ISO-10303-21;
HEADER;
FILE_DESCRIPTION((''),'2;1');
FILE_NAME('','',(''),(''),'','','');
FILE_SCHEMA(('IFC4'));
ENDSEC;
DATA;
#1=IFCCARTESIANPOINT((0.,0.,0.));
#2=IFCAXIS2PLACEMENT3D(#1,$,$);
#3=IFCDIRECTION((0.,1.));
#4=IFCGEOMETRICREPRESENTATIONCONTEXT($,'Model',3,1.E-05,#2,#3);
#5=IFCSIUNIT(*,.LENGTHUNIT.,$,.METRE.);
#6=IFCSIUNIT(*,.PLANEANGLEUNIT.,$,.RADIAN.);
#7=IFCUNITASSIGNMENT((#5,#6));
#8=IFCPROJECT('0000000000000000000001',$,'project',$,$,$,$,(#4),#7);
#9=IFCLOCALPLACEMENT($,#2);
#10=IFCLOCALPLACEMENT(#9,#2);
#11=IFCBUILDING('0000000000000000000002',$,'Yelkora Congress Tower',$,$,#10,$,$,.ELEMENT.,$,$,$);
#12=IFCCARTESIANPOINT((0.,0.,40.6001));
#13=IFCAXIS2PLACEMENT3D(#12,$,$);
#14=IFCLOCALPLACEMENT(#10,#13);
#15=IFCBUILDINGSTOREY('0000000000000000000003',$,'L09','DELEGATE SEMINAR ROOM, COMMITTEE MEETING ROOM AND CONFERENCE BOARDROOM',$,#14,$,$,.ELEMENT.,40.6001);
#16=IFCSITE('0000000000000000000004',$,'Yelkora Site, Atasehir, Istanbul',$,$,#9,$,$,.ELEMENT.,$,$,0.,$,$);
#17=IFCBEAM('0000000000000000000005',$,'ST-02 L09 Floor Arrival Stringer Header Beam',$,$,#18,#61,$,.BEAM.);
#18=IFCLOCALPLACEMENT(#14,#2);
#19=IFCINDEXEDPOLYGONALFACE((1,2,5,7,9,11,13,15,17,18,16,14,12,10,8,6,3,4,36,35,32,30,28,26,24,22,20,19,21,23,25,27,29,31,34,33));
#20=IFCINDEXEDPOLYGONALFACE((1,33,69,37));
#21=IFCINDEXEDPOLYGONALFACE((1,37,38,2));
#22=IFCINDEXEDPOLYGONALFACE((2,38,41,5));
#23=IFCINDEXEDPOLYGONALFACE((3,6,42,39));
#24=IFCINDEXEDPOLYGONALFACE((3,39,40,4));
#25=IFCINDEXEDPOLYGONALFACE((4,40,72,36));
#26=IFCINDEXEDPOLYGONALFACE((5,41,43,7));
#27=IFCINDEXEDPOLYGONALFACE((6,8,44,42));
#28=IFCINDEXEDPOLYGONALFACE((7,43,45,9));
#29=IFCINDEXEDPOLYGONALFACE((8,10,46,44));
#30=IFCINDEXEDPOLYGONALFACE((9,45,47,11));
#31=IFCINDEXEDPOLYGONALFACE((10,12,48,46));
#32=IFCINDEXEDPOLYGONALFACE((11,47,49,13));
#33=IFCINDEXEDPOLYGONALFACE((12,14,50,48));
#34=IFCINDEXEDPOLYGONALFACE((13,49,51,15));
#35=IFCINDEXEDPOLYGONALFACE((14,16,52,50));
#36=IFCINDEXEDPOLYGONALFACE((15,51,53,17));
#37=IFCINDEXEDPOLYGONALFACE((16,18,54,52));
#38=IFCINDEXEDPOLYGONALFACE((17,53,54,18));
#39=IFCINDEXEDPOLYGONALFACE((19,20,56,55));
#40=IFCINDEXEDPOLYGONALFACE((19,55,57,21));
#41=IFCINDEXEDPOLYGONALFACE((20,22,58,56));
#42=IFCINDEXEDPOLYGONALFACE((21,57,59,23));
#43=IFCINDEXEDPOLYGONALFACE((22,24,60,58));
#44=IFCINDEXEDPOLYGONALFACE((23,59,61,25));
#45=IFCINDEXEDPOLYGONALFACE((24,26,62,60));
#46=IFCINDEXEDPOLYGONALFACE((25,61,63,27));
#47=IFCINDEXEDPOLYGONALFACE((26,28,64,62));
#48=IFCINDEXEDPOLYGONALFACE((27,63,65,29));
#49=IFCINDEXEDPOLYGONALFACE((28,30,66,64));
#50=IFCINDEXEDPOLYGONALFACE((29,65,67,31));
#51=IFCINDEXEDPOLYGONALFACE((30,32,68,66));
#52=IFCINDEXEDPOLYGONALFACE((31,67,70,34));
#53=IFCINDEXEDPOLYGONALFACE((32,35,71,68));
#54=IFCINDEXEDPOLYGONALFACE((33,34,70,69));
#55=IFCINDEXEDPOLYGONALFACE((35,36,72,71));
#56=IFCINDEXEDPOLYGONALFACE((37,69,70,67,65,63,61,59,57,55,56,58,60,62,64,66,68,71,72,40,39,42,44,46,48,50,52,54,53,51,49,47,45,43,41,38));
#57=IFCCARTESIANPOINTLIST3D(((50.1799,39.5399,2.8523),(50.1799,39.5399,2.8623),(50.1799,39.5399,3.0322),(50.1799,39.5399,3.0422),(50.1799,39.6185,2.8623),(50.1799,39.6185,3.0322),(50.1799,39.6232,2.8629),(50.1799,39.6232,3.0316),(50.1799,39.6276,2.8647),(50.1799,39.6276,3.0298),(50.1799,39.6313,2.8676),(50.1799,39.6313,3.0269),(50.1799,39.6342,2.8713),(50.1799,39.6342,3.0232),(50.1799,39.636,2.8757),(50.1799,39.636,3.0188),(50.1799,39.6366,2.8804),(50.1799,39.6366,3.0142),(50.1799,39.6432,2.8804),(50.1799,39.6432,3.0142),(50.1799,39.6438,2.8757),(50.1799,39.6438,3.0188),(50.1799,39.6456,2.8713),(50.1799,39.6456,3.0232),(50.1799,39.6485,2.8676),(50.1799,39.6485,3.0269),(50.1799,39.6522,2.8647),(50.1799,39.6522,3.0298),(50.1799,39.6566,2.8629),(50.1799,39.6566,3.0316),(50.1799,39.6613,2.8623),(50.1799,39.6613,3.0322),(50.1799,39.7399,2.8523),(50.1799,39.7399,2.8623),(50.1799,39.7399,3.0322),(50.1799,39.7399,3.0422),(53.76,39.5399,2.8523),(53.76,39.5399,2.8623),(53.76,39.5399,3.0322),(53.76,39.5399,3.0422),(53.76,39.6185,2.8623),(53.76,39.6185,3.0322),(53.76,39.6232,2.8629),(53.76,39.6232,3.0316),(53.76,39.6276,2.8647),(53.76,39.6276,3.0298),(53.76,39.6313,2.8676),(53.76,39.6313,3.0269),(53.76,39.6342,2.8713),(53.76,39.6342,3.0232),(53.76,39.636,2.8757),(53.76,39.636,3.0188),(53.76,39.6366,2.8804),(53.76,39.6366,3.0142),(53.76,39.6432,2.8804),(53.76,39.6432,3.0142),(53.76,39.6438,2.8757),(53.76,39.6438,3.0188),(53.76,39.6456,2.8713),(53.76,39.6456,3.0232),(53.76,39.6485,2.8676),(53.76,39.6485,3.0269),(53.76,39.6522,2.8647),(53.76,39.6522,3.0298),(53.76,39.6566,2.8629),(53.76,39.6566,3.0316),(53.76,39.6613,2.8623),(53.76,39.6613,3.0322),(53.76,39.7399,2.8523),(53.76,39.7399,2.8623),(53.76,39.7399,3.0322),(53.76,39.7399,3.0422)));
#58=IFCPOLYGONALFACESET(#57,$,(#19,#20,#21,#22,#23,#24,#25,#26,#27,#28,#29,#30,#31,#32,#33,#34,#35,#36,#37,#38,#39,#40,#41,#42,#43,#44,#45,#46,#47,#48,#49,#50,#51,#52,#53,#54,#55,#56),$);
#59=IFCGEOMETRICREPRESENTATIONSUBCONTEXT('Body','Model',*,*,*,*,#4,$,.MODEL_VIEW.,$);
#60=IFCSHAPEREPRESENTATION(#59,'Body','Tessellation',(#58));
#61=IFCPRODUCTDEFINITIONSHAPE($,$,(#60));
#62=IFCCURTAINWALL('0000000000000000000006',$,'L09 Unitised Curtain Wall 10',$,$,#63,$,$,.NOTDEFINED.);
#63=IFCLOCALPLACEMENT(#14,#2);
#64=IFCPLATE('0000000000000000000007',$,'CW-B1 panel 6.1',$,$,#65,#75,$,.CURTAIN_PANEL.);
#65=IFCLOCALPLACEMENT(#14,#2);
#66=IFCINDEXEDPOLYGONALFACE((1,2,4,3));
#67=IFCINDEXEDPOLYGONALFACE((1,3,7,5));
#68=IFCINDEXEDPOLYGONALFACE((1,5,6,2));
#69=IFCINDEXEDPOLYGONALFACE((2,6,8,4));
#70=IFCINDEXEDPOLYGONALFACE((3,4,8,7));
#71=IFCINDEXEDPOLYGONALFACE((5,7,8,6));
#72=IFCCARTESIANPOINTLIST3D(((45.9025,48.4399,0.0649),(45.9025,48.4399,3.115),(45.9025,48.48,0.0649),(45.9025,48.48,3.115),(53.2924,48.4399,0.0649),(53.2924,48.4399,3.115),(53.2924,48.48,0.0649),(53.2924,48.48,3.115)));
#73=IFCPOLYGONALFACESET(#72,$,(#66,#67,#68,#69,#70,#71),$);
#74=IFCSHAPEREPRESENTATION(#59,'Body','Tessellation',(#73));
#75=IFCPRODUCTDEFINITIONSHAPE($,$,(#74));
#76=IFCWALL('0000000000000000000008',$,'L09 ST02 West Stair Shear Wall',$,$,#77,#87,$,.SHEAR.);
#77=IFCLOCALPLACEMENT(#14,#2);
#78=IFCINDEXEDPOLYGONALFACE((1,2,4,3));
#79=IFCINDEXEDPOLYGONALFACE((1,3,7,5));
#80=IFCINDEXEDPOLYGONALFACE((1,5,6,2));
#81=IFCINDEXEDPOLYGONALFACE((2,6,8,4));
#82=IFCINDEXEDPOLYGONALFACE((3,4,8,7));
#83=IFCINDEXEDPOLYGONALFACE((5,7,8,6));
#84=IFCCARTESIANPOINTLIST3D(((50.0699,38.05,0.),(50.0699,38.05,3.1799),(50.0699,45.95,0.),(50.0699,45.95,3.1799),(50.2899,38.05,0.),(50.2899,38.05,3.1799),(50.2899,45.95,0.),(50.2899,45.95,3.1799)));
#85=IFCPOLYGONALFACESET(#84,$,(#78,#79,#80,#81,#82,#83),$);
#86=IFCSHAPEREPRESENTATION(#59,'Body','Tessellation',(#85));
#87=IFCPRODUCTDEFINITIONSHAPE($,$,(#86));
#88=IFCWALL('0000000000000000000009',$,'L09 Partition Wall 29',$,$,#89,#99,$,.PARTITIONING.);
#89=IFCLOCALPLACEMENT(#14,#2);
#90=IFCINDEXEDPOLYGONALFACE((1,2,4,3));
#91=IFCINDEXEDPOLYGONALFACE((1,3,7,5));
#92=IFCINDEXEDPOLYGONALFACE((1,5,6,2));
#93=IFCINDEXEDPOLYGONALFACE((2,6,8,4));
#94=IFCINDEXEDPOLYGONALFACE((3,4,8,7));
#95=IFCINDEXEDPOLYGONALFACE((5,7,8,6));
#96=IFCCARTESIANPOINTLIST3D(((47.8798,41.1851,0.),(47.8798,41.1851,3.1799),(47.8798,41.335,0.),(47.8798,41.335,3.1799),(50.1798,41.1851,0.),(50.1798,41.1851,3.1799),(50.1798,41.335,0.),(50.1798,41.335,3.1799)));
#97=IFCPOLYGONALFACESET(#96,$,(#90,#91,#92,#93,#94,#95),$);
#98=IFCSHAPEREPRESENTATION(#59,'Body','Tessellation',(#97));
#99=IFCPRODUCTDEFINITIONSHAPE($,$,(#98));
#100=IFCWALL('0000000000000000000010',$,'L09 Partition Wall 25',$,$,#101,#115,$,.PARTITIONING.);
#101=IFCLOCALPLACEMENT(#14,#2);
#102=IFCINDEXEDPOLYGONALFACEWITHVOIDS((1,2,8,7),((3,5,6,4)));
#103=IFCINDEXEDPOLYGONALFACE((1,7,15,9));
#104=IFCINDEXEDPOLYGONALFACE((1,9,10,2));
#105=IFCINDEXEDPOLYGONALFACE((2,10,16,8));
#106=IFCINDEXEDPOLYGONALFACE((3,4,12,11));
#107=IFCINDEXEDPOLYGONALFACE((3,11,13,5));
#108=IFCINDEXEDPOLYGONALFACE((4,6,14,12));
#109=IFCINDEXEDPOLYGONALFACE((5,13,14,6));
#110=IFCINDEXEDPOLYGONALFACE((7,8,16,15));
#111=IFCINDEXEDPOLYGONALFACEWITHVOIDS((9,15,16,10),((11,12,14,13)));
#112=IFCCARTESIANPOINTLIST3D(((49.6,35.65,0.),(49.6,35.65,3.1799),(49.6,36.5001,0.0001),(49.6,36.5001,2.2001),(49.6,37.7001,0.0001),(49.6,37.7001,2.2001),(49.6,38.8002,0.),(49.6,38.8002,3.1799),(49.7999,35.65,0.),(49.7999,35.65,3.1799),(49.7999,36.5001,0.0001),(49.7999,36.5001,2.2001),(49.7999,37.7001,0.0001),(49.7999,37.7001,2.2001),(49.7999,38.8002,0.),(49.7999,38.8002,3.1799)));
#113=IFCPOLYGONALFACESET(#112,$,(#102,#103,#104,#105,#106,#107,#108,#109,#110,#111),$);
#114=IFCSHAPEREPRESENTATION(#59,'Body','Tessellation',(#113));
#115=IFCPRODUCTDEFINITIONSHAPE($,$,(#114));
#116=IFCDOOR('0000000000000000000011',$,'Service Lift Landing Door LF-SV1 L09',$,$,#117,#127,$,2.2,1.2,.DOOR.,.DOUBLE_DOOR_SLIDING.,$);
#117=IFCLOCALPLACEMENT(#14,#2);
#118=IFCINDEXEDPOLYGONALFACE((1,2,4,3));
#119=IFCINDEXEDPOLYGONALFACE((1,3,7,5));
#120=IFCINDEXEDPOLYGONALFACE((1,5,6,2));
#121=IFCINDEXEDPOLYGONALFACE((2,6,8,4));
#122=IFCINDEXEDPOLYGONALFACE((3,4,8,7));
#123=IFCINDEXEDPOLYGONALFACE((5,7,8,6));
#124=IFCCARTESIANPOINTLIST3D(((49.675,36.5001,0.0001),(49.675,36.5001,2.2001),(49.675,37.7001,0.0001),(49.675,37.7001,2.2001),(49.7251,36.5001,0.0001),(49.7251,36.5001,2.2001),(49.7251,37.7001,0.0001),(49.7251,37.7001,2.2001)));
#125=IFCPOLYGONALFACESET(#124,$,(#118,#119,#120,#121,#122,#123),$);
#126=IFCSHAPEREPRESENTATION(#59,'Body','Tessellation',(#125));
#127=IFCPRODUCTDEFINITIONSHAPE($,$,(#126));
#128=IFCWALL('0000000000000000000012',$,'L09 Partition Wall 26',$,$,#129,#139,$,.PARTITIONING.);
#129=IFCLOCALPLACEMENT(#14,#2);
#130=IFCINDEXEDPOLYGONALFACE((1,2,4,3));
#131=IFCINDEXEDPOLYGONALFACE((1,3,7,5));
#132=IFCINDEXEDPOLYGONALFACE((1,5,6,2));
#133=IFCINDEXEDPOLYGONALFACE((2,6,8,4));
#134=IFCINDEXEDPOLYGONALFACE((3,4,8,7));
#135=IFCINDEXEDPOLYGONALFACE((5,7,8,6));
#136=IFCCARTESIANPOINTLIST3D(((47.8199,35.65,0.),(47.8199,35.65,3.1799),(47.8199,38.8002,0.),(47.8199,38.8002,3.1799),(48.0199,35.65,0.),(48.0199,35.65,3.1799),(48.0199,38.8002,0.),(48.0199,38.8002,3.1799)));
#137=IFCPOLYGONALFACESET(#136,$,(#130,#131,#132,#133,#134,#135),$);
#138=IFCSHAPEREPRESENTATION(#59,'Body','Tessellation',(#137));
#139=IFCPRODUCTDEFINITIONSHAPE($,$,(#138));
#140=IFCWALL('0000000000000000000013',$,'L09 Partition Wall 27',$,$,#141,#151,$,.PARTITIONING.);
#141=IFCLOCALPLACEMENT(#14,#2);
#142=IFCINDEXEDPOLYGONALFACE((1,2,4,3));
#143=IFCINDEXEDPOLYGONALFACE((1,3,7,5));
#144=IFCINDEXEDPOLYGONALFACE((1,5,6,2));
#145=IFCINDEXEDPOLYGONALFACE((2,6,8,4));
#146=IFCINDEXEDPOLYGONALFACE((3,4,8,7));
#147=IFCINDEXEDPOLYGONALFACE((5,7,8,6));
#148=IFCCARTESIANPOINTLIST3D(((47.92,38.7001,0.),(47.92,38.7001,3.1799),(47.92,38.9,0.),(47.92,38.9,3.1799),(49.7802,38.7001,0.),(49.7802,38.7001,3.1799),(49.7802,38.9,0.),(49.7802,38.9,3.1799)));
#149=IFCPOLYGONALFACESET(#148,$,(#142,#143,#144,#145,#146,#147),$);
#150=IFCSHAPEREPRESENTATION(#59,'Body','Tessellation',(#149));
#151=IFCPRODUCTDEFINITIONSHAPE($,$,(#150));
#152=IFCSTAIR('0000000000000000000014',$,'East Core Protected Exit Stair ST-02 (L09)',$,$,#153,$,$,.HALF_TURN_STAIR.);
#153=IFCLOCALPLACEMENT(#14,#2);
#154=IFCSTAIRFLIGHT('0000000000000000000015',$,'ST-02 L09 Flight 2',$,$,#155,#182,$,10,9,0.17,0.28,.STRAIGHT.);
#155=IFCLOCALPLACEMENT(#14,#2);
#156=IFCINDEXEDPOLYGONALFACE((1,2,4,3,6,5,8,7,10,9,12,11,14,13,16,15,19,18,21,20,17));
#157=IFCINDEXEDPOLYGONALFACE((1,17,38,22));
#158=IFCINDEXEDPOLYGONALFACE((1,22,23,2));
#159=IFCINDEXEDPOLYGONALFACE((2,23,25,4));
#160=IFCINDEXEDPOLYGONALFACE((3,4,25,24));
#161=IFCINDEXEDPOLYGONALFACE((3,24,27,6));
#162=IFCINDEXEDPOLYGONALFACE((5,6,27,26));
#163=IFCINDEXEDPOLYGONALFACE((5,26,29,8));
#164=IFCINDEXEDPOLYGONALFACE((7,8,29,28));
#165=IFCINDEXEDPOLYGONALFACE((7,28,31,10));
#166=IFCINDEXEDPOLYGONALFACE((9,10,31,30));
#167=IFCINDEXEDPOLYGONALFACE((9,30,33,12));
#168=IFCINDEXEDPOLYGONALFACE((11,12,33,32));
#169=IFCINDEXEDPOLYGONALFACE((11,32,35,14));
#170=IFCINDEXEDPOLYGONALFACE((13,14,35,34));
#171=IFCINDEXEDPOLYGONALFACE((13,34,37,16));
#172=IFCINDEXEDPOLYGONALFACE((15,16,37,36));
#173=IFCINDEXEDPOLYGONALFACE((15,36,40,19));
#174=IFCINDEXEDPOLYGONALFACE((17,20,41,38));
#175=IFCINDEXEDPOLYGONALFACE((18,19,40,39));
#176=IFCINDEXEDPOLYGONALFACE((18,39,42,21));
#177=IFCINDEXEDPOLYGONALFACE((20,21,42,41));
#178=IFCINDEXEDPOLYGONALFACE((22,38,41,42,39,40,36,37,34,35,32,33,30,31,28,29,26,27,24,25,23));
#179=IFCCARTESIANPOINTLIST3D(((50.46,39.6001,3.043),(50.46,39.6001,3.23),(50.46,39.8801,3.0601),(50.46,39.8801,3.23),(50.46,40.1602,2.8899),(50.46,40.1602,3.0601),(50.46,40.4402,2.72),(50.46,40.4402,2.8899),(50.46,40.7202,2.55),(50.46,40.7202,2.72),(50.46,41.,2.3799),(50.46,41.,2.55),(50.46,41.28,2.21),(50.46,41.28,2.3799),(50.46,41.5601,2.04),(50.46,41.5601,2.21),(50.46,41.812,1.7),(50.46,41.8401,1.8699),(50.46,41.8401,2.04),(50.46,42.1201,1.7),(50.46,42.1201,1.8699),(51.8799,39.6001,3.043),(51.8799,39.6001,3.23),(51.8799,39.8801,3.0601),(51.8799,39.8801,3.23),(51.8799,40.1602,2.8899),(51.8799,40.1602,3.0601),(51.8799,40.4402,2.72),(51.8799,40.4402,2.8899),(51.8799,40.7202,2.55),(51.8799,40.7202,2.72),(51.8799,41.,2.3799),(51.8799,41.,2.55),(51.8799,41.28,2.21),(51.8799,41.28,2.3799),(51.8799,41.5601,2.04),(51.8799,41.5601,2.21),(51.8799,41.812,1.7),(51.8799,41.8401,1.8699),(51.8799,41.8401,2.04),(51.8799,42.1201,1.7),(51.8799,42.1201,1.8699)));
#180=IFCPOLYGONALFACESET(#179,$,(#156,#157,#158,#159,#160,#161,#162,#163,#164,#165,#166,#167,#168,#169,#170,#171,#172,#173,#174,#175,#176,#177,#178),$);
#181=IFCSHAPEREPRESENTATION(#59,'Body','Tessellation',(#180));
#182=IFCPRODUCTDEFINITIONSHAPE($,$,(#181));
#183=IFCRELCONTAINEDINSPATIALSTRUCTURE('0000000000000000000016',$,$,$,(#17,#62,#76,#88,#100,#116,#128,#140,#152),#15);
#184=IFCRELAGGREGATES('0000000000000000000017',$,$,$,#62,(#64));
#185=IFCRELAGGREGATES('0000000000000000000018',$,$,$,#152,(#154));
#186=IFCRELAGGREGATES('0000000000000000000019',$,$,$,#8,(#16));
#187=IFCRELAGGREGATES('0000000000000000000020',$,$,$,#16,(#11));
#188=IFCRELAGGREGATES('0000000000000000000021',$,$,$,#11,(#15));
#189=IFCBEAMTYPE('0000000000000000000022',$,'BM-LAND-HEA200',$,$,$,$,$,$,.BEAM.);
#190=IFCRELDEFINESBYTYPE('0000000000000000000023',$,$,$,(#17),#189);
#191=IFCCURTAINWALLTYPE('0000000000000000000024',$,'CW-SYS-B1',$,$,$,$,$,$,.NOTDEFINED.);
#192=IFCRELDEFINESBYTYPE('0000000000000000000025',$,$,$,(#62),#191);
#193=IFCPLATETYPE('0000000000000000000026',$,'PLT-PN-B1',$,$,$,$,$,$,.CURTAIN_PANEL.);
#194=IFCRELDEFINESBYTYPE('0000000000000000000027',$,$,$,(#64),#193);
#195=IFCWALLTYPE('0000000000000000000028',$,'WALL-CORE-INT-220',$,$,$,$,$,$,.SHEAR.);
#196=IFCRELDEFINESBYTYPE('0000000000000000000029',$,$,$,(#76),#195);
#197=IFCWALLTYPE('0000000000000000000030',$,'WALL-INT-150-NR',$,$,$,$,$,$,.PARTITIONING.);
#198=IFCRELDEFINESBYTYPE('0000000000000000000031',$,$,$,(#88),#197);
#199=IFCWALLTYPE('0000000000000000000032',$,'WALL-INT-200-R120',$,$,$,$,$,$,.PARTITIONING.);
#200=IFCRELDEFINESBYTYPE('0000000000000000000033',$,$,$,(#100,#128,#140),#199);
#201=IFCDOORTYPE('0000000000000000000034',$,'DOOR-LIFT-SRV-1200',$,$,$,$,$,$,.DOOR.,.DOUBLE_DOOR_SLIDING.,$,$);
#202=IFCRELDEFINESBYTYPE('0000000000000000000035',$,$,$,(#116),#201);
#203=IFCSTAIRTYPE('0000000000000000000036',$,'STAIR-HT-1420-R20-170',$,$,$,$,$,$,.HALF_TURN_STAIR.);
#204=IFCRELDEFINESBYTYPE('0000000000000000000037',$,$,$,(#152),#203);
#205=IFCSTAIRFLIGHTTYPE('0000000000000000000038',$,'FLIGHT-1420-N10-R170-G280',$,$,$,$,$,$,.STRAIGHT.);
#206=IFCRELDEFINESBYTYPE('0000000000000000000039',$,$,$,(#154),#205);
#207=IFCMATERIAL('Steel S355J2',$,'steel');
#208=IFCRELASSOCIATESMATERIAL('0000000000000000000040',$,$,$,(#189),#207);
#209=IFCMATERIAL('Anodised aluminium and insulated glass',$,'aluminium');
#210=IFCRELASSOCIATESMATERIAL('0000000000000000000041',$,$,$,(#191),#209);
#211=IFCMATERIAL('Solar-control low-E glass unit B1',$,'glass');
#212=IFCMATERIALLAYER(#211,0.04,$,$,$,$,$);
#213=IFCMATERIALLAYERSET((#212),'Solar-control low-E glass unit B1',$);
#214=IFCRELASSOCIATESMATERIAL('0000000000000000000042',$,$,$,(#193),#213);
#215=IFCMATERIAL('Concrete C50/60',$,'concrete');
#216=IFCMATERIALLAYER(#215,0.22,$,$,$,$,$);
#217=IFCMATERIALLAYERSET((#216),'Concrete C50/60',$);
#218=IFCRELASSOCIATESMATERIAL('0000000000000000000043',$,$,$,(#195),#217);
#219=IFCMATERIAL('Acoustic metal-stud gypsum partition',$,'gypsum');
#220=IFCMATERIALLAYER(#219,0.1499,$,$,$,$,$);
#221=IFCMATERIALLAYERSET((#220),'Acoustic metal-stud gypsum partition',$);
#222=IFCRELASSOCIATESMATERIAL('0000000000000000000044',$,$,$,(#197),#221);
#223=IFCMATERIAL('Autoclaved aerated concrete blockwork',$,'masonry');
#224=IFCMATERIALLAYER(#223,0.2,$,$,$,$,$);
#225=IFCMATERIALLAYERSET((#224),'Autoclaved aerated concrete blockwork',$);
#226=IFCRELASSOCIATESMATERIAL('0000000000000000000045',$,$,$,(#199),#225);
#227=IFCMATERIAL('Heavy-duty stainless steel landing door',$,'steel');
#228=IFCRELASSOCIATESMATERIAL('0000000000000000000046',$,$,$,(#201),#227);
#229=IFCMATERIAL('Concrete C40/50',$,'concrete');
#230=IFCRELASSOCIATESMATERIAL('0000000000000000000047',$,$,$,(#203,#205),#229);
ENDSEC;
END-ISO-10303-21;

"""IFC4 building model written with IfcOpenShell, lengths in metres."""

from ifc_helpers import new_model, si_unit, direction, frame, frame_2d, origin, origin_2d, place, context, subcontext, project, spatial, polyline, rectangle, i_section, outline, extrude, material, layer, layer_set, material_profile, profile_set, type_object, element, fill, aggregate, save


model = new_model("IFC4")

# Units and contexts
model_context = context("Model", 3, precision=1e-05, world=origin(), true_north=direction((0.0, 1.0)))
body_context = subcontext(model_context, "Body", "Model", "MODEL_VIEW")
ifc_project = project(units=[si_unit("LENGTHUNIT", "METRE"), si_unit("PLANEANGLEUNIT", "RADIAN")], contexts=[model_context])

# Site, building, storey
site_placement = place(None, origin())
site = spatial("IfcSite", under=ifc_project, at=site_placement, Name="Yelkora Site, Atasehir, Istanbul", CompositionType="ELEMENT", RefElevation=0.0)
building_placement = place(site_placement, origin())
building = spatial("IfcBuilding", under=site, at=building_placement, Name="Yelkora Congress Tower", CompositionType="ELEMENT")
storey_placement = place(building_placement, frame((0.0, 0.0, 40.6001)))
storey = spatial("IfcBuildingStorey", under=building, at=storey_placement, Name="L09", Description="DELEGATE SEMINAR ROOM, COMMITTEE MEETING ROOM AND CONFERENCE BOARDROOM", CompositionType="ELEMENT", Elevation=40.6001)

# Beam
ifc_material_1 = material(Name="Steel S355J2", Category="steel")
ifc_material_profile_1 = material_profile(ifc_material_1, i_section(OverallWidth=0.2, OverallDepth=0.1899, WebThickness=0.0066, FlangeThickness=0.01, FilletRadius=0.0181, at=origin_2d()), Name="HEA 200")
ifc_profile_set_1 = profile_set([ifc_material_profile_1], Name="Steel S355J2")
beam_type = type_object("IfcBeamType", Name="BM-LAND-HEA200", PredefinedType="BEAM", material=ifc_profile_set_1)
beam_1_placement = place(storey_placement, frame((50.1799, 39.6399, 2.9473), z_axis=(1.0, 0.0, 0.0), x_axis=(0.0, 1.0, 0.0)))
element("IfcBeam", 1, at=beam_1_placement, inside=storey, type_object=beam_type, Name="ST-02 L09 Floor Arrival Stringer Header Beam", PredefinedType="BEAM", context=body_context, shape_type="SweptSolid", body=[
    extrude(i_section(OverallWidth=0.2, OverallDepth=0.1899, WebThickness=0.0066, FlangeThickness=0.01, FilletRadius=0.0181, at=origin_2d()), origin(), (0.0, 0.0, 1.0), 3.5801),
])

# Curtain wall, plate
ifc_material_2 = material(Name="Anodised aluminium and insulated glass", Category="aluminium")
curtain_wall_type = type_object("IfcCurtainWallType", Name="CW-SYS-B1", PredefinedType="NOTDEFINED", material=ifc_material_2)
curtain_wall_placement = place(storey_placement, origin())
curtain_wall = element("IfcCurtainWall", 2, at=curtain_wall_placement, inside=storey, type_object=curtain_wall_type, Name="L09 Unitised Curtain Wall 10", PredefinedType="NOTDEFINED")
ifc_material_3 = material(Name="Solar-control low-E glass unit B1", Category="glass")
ifc_layer_1 = layer(ifc_material_3, 0.04)
ifc_layer_set_1 = layer_set([ifc_layer_1], Name="Solar-control low-E glass unit B1")
plate_type = type_object("IfcPlateType", Name="PLT-PN-B1", PredefinedType="CURTAIN_PANEL", material=ifc_layer_set_1)
plate_placement = place(storey_placement, frame((49.5974, 48.46, 0.0649), z_axis=(0.0, 0.0, 1.0), x_axis=(1.0, 0.0, 0.0)))
plate = element("IfcPlate", 3, at=plate_placement, type_object=plate_type, Name="CW-B1 panel 6.1", PredefinedType="CURTAIN_PANEL", context=body_context, shape_type="SweptSolid", body=[
    extrude(rectangle(XDim=7.3899, YDim=0.04, at=origin_2d()), origin(), (0.0, 0.0, 1.0), 3.05),
])
aggregate(curtain_wall, [plate])

# Walls
ifc_material_4 = material(Name="Concrete C50/60", Category="concrete")
ifc_layer_2 = layer(ifc_material_4, 0.22)
ifc_layer_set_2 = layer_set([ifc_layer_2], Name="Concrete C50/60")
wall_type_1 = type_object("IfcWallType", Name="WALL-CORE-INT-220", PredefinedType="SHEAR", material=ifc_layer_set_2)
wall_1_placement = place(storey_placement, frame((50.1799, 38.05, 0.0), z_axis=(0.0, 0.0, 1.0), x_axis=(0.0, 1.0, 0.0)))
element("IfcWall", 4, at=wall_1_placement, inside=storey, type_object=wall_type_1, Name="L09 ST02 West Stair Shear Wall", PredefinedType="SHEAR", context=body_context, shape_type="SweptSolid", body=[
    extrude(rectangle(XDim=7.8999, YDim=0.22, at=frame_2d((3.95, 0.0))), origin(), (0.0, 0.0, 1.0), 3.1799),
])
ifc_material_5 = material(Name="Acoustic metal-stud gypsum partition", Category="gypsum")
ifc_layer_3 = layer(ifc_material_5, 0.1499)
ifc_layer_set_3 = layer_set([ifc_layer_3], Name="Acoustic metal-stud gypsum partition")
wall_type_2 = type_object("IfcWallType", Name="WALL-INT-150-NR", PredefinedType="PARTITIONING", material=ifc_layer_set_3)
wall_2_placement = place(storey_placement, frame((47.8799, 41.26, 0.0), z_axis=(0.0, 0.0, 1.0), x_axis=(1.0, 0.0, 0.0)))
element("IfcWall", 5, at=wall_2_placement, inside=storey, type_object=wall_type_2, Name="L09 Partition Wall 29", PredefinedType="PARTITIONING", context=body_context, shape_type="SweptSolid", body=[
    extrude(rectangle(XDim=2.3, YDim=0.1499, at=frame_2d((1.1499, 0.0))), origin(), (0.0, 0.0, 1.0), 3.1799),
])

# Wall, opening, door
ifc_material_6 = material(Name="Autoclaved aerated concrete blockwork", Category="masonry")
ifc_layer_4 = layer(ifc_material_6, 0.2)
ifc_layer_set_4 = layer_set([ifc_layer_4], Name="Autoclaved aerated concrete blockwork")
wall_type_3 = type_object("IfcWallType", Name="WALL-INT-200-R120", PredefinedType="PARTITIONING", material=ifc_layer_set_4)
wall_3_placement = place(storey_placement, frame((49.7, 35.6499, 0.0), z_axis=(0.0, 0.0, 1.0), x_axis=(0.0, 1.0, 0.0)))
wall_3 = element("IfcWall", 6, at=wall_3_placement, inside=storey, type_object=wall_type_3, Name="L09 Partition Wall 25", PredefinedType="PARTITIONING", context=body_context, shape_type="SweptSolid", body=[
    extrude(rectangle(XDim=3.1501, YDim=0.2, at=frame_2d((1.5752, 0.0))), origin(), (0.0, 0.0, 1.0), 3.1799),
])
opening_1_placement = place(wall_3_placement, frame((0.8501, 0.0, 0.0)))
opening_1 = element("IfcOpeningElement", 7, at=opening_1_placement, cuts=wall_3, PredefinedType="OPENING", context=body_context, shape_type="SweptSolid", body=[
    extrude(rectangle(XDim=1.2, YDim=2.2, at=frame_2d((0.6001, 1.1001))), frame((0.0, 0.1099, 0.0), z_axis=(0.0, -1.0, 0.0), x_axis=(1.0, 0.0, 0.0)), (0.0, 0.0, 1.0), 0.22),
])
ifc_material_7 = material(Name="Heavy-duty stainless steel landing door", Category="steel")
door_type_1 = type_object("IfcDoorType", Name="DOOR-LIFT-SRV-1200", OperationType="DOUBLE_DOOR_SLIDING", PredefinedType="DOOR", material=ifc_material_7)
door_1_placement = place(opening_1_placement, origin())
door_1 = element("IfcDoor", 8, at=door_1_placement, inside=storey, type_object=door_type_1, Name="Service Lift Landing Door LF-SV1 L09", OperationType="DOUBLE_DOOR_SLIDING", OverallHeight=2.2, OverallWidth=1.2, PredefinedType="DOOR", context=body_context, shape_type="SweptSolid", body=[
    extrude(rectangle(XDim=1.2, YDim=2.2, at=frame_2d((0.6001, 1.1001))), frame((0.0, 0.0249, 0.0), z_axis=(0.0, -1.0, 0.0), x_axis=(1.0, 0.0, 0.0)), (0.0, 0.0, 1.0), 0.05),
])
fill(opening_1, door_1)

# Walls
wall_4_placement = place(storey_placement, frame((47.9199, 35.6499, 0.0), z_axis=(0.0, 0.0, 1.0), x_axis=(0.0, 1.0, 0.0)))
element("IfcWall", 9, at=wall_4_placement, inside=storey, type_object=wall_type_3, Name="L09 Partition Wall 26", PredefinedType="PARTITIONING", context=body_context, shape_type="SweptSolid", body=[
    extrude(rectangle(XDim=3.1501, YDim=0.2, at=frame_2d((1.5752, 0.0))), origin(), (0.0, 0.0, 1.0), 3.1799),
])
wall_5_placement = place(storey_placement, frame((47.9199, 38.8, 0.0), z_axis=(0.0, 0.0, 1.0), x_axis=(1.0, 0.0, 0.0)))
element("IfcWall", 10, at=wall_5_placement, inside=storey, type_object=wall_type_3, Name="L09 Partition Wall 27", PredefinedType="PARTITIONING", context=body_context, shape_type="SweptSolid", body=[
    extrude(rectangle(XDim=1.8601, YDim=0.2, at=frame_2d((0.9302, 0.0))), origin(), (0.0, 0.0, 1.0), 3.1799),
])

# Stair, stair flight
ifc_material_8 = material(Name="Concrete C40/50", Category="concrete")
stair_type = type_object("IfcStairType", Name="STAIR-HT-1420-R20-170", PredefinedType="HALF_TURN_STAIR", material=ifc_material_8)
stair_placement = place(storey_placement, origin())
stair = element("IfcStair", 11, at=stair_placement, inside=storey, type_object=stair_type, Name="East Core Protected Exit Stair ST-02 (L09)", PredefinedType="HALF_TURN_STAIR")
stair_flight_type = type_object("IfcStairFlightType", Name="FLIGHT-1420-N10-R170-G280", PredefinedType="STRAIGHT", material=ifc_material_8)
stair_flight_placement = place(storey_placement, frame((51.1699, 42.1201, 1.7), z_axis=(0.0, 0.0, 1.0), x_axis=(0.0, -1.0, 0.0)))
stair_flight = element("IfcStairFlight", 12, at=stair_flight_placement, type_object=stair_flight_type, Name="ST-02 L09 Flight 2", NumberOfRisers=10, NumberOfTreads=9, PredefinedType="STRAIGHT", RiserHeight=0.17, TreadLength=0.28, context=body_context, shape_type="SweptSolid", body=[
    extrude(outline(polyline([(0.0, 0.0), (0.0, 0.1699), (0.28, 0.1699), (0.28, 0.3401), (0.5601, 0.3401), (0.5601, 0.51), (0.8401, 0.51), (0.8401, 0.6799), (1.1201, 0.6799), (1.1201, 0.8501), (1.3999, 0.8501), (1.3999, 1.02), (1.6799, 1.02), (1.6799, 1.1899), (1.96, 1.1899), (1.96, 1.3601), (2.24, 1.3601), (2.24, 1.53), (2.52, 1.53), (2.52, 1.7), (2.52, 1.343), (0.3081, 0.0), (0.0, 0.0)])), frame((0.0, 0.71, 0.0), z_axis=(0.0, -1.0, 0.0), x_axis=(1.0, 0.0, 0.0)), (0.0, 0.0, 1.0), 1.4199),
])
aggregate(stair, [stair_flight])

save(model, "model.ifc")
